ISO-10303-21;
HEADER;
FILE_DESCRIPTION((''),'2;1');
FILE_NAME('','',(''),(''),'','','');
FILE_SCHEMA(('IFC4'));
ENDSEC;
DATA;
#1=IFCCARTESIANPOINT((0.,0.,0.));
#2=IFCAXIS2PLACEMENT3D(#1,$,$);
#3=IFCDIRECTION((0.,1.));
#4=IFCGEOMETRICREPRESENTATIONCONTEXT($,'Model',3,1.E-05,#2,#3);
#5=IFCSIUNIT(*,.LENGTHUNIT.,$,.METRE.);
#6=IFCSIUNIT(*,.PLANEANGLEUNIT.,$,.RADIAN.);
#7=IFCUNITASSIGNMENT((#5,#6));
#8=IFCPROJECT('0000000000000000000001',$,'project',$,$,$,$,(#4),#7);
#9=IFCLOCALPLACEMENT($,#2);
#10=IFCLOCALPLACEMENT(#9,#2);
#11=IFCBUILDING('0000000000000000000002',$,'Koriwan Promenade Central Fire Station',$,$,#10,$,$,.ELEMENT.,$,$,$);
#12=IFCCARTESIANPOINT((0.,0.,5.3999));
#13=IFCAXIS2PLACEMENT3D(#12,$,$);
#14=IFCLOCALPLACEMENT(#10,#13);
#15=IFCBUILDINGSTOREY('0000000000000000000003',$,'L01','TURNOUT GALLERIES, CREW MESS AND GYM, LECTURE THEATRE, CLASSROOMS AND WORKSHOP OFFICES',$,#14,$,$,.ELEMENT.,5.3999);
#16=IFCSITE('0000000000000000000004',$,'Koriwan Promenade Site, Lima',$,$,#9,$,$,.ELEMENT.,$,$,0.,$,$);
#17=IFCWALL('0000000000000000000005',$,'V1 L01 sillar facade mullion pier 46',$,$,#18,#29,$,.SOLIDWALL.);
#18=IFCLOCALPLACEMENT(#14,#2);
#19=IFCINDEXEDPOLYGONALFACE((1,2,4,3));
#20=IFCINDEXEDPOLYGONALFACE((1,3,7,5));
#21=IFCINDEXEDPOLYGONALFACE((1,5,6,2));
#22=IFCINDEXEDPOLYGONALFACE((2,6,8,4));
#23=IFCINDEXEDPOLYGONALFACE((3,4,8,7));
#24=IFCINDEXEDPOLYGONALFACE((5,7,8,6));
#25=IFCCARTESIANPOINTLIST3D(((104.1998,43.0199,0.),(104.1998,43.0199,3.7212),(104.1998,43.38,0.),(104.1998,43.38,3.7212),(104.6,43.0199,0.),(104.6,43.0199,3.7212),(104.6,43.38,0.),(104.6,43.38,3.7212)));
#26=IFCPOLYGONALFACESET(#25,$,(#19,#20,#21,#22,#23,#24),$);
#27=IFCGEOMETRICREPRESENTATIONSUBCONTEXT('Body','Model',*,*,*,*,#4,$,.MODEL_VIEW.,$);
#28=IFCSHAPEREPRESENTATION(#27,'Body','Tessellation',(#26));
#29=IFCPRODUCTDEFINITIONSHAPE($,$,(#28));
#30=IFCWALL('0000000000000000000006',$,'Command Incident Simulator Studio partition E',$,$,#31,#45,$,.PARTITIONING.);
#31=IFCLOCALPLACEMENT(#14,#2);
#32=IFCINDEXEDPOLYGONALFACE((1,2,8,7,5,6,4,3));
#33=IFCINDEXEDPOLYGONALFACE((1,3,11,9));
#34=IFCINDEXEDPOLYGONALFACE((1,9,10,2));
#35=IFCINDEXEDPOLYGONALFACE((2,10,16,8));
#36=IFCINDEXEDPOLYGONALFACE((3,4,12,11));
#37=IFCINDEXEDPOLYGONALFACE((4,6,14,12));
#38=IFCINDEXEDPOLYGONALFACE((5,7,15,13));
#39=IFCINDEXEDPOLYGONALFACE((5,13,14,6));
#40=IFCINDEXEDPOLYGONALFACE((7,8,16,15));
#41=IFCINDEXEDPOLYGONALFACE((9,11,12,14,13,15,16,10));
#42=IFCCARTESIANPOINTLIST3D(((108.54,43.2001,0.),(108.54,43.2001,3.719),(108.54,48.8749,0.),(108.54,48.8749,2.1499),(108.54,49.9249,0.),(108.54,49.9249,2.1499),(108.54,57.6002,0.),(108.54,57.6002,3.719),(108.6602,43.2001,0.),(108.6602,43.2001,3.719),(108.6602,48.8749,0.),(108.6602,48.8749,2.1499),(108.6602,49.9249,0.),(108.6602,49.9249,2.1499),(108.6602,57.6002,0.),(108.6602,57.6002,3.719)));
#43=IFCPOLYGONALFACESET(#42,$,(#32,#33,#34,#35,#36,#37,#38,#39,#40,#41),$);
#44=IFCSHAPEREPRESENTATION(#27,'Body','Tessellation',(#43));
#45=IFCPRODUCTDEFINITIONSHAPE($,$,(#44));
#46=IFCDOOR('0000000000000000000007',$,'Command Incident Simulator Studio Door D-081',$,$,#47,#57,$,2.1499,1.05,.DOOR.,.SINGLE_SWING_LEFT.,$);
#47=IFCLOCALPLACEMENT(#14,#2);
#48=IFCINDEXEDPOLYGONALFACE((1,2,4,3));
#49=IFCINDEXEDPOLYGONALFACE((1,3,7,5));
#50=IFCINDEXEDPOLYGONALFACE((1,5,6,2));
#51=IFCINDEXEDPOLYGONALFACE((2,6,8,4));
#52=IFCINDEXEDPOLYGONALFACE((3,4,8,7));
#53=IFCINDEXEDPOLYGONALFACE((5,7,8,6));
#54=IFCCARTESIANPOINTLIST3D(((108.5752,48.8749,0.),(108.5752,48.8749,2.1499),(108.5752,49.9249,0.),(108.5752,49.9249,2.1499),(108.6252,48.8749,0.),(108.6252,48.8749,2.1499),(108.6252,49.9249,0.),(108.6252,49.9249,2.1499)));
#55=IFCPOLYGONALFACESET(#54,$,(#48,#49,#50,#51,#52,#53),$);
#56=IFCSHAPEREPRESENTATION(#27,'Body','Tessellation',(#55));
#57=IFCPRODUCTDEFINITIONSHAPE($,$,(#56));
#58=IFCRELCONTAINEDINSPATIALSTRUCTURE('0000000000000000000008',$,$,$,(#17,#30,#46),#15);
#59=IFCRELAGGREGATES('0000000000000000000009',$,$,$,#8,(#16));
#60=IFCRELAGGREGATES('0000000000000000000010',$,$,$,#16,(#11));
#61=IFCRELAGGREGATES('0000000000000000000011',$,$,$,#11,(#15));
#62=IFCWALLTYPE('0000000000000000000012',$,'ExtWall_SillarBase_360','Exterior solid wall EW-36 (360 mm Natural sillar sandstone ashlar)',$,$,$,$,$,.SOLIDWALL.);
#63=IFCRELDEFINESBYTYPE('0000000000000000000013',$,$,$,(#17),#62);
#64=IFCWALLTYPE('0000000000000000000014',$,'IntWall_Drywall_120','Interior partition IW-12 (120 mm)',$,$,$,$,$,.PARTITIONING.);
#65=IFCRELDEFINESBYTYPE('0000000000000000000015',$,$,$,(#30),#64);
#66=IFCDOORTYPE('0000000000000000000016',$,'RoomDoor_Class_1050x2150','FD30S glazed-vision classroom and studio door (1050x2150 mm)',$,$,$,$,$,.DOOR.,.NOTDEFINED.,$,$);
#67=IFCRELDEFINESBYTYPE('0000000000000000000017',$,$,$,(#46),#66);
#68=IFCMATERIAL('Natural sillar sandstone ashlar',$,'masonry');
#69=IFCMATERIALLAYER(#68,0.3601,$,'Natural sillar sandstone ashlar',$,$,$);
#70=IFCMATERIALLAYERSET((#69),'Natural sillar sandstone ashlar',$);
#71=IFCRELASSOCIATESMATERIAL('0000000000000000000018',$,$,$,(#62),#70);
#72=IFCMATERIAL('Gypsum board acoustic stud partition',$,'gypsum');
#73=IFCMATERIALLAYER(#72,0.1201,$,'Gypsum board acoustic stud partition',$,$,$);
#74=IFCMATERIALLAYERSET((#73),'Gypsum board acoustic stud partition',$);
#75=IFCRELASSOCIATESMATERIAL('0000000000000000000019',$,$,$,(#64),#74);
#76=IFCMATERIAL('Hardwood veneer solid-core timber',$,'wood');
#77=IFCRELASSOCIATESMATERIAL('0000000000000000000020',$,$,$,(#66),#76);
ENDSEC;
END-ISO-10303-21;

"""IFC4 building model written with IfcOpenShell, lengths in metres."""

from ifc_helpers import new_model, si_unit, direction, frame, frame_2d, origin, place, context, subcontext, project, spatial, rectangle, extrude, material, layer, layer_set, type_object, element, fill, save


model = new_model("IFC4")

# Units and contexts
model_context = context("Model", 3, precision=1e-05, world=origin(), true_north=direction((0.0, 1.0)))
body_context = subcontext(model_context, "Body", "Model", "MODEL_VIEW")
ifc_project = project(units=[si_unit("LENGTHUNIT", "METRE"), si_unit("PLANEANGLEUNIT", "RADIAN")], contexts=[model_context])

# Site, building, storey
site_placement = place(None, origin())
site = spatial("IfcSite", under=ifc_project, at=site_placement, Name="Koriwan Promenade Site, Lima", CompositionType="ELEMENT", RefElevation=0.0)
building_placement = place(site_placement, origin())
building = spatial("IfcBuilding", under=site, at=building_placement, Name="Koriwan Promenade Central Fire Station", CompositionType="ELEMENT")
storey_placement = place(building_placement, frame((0.0, 0.0, 5.3999)))
storey = spatial("IfcBuildingStorey", under=building, at=storey_placement, Name="L01", Description="TURNOUT GALLERIES, CREW MESS AND GYM, LECTURE THEATRE, CLASSROOMS AND WORKSHOP OFFICES", CompositionType="ELEMENT", Elevation=5.3999)

# Wall
ifc_material_1 = material(Name="Natural sillar sandstone ashlar", Category="masonry")
ifc_layer_1 = layer(ifc_material_1, 0.3601, Name="Natural sillar sandstone ashlar")
ifc_layer_set_1 = layer_set([ifc_layer_1], Name="Natural sillar sandstone ashlar")
wall_type_1 = type_object("IfcWallType", Name="ExtWall_SillarBase_360", Description="Exterior solid wall EW-36 (360 mm Natural sillar sandstone ashlar)", PredefinedType="SOLIDWALL", material=ifc_layer_set_1)
wall_1_placement = place(storey_placement, frame((104.6001, 43.2, 0.0), z_axis=(0.0, 0.0, 1.0), x_axis=(-1.0, 0.0, 0.0)))
element("IfcWall", 1, at=wall_1_placement, inside=storey, type_object=wall_type_1, Name="V1 L01 sillar facade mullion pier 46", PredefinedType="SOLIDWALL", context=body_context, shape_type="SweptSolid", body=[
    extrude(rectangle(XDim=0.4001, YDim=0.3601, at=frame_2d((0.2002, 0.0))), origin(), (0.0, 0.0, 1.0), 3.7212),
])

# Wall, opening, door
ifc_material_2 = material(Name="Gypsum board acoustic stud partition", Category="gypsum")
ifc_layer_2 = layer(ifc_material_2, 0.1201, Name="Gypsum board acoustic stud partition")
ifc_layer_set_2 = layer_set([ifc_layer_2], Name="Gypsum board acoustic stud partition")
wall_type_2 = type_object("IfcWallType", Name="IntWall_Drywall_120", Description="Interior partition IW-12 (120 mm)", PredefinedType="PARTITIONING", material=ifc_layer_set_2)
wall_2_placement = place(storey_placement, frame((108.6001, 43.2, 0.0), z_axis=(0.0, 0.0, 1.0), x_axis=(0.0, 1.0, 0.0)))
wall_2 = element("IfcWall", 2, at=wall_2_placement, inside=storey, type_object=wall_type_2, Name="Command Incident Simulator Studio partition E", PredefinedType="PARTITIONING", context=body_context, shape_type="SweptSolid", body=[
    extrude(rectangle(XDim=14.4001, YDim=0.1201, at=frame_2d((7.2002, 0.0))), origin(), (0.0, 0.0, 1.0), 3.719),
])
opening_placement = place(wall_2_placement, frame((5.675, 0.0, 0.0)))
opening = element("IfcOpeningElement", 3, at=opening_placement, cuts=wall_2, PredefinedType="OPENING", context=body_context, shape_type="SweptSolid", body=[
    extrude(rectangle(XDim=1.05, YDim=2.1499, at=frame_2d((0.5249, 1.075))), frame((0.0, 0.072, 0.0), z_axis=(0.0, -1.0, 0.0), x_axis=(1.0, 0.0, 0.0)), (0.0, 0.0, 1.0), 0.144),
])
ifc_material_3 = material(Name="Hardwood veneer solid-core timber", Category="wood")
door_type = type_object("IfcDoorType", Name="RoomDoor_Class_1050x2150", Description="FD30S glazed-vision classroom and studio door (1050x2150 mm)", OperationType="NOTDEFINED", PredefinedType="DOOR", material=ifc_material_3)
door_placement = place(opening_placement, origin())
door = element("IfcDoor", 4, at=door_placement, inside=storey, type_object=door_type, Name="Command Incident Simulator Studio Door D-081", OperationType="SINGLE_SWING_LEFT", OverallHeight=2.1499, OverallWidth=1.05, PredefinedType="DOOR", context=body_context, shape_type="SweptSolid", body=[
    extrude(rectangle(XDim=1.05, YDim=2.1499, at=frame_2d((0.5249, 1.075))), frame((0.0, 0.0249, 0.0), z_axis=(0.0, -1.0, 0.0), x_axis=(1.0, 0.0, 0.0)), (0.0, 0.0, 1.0), 0.05),
])
fill(opening, door)

save(model, "model.ifc")
